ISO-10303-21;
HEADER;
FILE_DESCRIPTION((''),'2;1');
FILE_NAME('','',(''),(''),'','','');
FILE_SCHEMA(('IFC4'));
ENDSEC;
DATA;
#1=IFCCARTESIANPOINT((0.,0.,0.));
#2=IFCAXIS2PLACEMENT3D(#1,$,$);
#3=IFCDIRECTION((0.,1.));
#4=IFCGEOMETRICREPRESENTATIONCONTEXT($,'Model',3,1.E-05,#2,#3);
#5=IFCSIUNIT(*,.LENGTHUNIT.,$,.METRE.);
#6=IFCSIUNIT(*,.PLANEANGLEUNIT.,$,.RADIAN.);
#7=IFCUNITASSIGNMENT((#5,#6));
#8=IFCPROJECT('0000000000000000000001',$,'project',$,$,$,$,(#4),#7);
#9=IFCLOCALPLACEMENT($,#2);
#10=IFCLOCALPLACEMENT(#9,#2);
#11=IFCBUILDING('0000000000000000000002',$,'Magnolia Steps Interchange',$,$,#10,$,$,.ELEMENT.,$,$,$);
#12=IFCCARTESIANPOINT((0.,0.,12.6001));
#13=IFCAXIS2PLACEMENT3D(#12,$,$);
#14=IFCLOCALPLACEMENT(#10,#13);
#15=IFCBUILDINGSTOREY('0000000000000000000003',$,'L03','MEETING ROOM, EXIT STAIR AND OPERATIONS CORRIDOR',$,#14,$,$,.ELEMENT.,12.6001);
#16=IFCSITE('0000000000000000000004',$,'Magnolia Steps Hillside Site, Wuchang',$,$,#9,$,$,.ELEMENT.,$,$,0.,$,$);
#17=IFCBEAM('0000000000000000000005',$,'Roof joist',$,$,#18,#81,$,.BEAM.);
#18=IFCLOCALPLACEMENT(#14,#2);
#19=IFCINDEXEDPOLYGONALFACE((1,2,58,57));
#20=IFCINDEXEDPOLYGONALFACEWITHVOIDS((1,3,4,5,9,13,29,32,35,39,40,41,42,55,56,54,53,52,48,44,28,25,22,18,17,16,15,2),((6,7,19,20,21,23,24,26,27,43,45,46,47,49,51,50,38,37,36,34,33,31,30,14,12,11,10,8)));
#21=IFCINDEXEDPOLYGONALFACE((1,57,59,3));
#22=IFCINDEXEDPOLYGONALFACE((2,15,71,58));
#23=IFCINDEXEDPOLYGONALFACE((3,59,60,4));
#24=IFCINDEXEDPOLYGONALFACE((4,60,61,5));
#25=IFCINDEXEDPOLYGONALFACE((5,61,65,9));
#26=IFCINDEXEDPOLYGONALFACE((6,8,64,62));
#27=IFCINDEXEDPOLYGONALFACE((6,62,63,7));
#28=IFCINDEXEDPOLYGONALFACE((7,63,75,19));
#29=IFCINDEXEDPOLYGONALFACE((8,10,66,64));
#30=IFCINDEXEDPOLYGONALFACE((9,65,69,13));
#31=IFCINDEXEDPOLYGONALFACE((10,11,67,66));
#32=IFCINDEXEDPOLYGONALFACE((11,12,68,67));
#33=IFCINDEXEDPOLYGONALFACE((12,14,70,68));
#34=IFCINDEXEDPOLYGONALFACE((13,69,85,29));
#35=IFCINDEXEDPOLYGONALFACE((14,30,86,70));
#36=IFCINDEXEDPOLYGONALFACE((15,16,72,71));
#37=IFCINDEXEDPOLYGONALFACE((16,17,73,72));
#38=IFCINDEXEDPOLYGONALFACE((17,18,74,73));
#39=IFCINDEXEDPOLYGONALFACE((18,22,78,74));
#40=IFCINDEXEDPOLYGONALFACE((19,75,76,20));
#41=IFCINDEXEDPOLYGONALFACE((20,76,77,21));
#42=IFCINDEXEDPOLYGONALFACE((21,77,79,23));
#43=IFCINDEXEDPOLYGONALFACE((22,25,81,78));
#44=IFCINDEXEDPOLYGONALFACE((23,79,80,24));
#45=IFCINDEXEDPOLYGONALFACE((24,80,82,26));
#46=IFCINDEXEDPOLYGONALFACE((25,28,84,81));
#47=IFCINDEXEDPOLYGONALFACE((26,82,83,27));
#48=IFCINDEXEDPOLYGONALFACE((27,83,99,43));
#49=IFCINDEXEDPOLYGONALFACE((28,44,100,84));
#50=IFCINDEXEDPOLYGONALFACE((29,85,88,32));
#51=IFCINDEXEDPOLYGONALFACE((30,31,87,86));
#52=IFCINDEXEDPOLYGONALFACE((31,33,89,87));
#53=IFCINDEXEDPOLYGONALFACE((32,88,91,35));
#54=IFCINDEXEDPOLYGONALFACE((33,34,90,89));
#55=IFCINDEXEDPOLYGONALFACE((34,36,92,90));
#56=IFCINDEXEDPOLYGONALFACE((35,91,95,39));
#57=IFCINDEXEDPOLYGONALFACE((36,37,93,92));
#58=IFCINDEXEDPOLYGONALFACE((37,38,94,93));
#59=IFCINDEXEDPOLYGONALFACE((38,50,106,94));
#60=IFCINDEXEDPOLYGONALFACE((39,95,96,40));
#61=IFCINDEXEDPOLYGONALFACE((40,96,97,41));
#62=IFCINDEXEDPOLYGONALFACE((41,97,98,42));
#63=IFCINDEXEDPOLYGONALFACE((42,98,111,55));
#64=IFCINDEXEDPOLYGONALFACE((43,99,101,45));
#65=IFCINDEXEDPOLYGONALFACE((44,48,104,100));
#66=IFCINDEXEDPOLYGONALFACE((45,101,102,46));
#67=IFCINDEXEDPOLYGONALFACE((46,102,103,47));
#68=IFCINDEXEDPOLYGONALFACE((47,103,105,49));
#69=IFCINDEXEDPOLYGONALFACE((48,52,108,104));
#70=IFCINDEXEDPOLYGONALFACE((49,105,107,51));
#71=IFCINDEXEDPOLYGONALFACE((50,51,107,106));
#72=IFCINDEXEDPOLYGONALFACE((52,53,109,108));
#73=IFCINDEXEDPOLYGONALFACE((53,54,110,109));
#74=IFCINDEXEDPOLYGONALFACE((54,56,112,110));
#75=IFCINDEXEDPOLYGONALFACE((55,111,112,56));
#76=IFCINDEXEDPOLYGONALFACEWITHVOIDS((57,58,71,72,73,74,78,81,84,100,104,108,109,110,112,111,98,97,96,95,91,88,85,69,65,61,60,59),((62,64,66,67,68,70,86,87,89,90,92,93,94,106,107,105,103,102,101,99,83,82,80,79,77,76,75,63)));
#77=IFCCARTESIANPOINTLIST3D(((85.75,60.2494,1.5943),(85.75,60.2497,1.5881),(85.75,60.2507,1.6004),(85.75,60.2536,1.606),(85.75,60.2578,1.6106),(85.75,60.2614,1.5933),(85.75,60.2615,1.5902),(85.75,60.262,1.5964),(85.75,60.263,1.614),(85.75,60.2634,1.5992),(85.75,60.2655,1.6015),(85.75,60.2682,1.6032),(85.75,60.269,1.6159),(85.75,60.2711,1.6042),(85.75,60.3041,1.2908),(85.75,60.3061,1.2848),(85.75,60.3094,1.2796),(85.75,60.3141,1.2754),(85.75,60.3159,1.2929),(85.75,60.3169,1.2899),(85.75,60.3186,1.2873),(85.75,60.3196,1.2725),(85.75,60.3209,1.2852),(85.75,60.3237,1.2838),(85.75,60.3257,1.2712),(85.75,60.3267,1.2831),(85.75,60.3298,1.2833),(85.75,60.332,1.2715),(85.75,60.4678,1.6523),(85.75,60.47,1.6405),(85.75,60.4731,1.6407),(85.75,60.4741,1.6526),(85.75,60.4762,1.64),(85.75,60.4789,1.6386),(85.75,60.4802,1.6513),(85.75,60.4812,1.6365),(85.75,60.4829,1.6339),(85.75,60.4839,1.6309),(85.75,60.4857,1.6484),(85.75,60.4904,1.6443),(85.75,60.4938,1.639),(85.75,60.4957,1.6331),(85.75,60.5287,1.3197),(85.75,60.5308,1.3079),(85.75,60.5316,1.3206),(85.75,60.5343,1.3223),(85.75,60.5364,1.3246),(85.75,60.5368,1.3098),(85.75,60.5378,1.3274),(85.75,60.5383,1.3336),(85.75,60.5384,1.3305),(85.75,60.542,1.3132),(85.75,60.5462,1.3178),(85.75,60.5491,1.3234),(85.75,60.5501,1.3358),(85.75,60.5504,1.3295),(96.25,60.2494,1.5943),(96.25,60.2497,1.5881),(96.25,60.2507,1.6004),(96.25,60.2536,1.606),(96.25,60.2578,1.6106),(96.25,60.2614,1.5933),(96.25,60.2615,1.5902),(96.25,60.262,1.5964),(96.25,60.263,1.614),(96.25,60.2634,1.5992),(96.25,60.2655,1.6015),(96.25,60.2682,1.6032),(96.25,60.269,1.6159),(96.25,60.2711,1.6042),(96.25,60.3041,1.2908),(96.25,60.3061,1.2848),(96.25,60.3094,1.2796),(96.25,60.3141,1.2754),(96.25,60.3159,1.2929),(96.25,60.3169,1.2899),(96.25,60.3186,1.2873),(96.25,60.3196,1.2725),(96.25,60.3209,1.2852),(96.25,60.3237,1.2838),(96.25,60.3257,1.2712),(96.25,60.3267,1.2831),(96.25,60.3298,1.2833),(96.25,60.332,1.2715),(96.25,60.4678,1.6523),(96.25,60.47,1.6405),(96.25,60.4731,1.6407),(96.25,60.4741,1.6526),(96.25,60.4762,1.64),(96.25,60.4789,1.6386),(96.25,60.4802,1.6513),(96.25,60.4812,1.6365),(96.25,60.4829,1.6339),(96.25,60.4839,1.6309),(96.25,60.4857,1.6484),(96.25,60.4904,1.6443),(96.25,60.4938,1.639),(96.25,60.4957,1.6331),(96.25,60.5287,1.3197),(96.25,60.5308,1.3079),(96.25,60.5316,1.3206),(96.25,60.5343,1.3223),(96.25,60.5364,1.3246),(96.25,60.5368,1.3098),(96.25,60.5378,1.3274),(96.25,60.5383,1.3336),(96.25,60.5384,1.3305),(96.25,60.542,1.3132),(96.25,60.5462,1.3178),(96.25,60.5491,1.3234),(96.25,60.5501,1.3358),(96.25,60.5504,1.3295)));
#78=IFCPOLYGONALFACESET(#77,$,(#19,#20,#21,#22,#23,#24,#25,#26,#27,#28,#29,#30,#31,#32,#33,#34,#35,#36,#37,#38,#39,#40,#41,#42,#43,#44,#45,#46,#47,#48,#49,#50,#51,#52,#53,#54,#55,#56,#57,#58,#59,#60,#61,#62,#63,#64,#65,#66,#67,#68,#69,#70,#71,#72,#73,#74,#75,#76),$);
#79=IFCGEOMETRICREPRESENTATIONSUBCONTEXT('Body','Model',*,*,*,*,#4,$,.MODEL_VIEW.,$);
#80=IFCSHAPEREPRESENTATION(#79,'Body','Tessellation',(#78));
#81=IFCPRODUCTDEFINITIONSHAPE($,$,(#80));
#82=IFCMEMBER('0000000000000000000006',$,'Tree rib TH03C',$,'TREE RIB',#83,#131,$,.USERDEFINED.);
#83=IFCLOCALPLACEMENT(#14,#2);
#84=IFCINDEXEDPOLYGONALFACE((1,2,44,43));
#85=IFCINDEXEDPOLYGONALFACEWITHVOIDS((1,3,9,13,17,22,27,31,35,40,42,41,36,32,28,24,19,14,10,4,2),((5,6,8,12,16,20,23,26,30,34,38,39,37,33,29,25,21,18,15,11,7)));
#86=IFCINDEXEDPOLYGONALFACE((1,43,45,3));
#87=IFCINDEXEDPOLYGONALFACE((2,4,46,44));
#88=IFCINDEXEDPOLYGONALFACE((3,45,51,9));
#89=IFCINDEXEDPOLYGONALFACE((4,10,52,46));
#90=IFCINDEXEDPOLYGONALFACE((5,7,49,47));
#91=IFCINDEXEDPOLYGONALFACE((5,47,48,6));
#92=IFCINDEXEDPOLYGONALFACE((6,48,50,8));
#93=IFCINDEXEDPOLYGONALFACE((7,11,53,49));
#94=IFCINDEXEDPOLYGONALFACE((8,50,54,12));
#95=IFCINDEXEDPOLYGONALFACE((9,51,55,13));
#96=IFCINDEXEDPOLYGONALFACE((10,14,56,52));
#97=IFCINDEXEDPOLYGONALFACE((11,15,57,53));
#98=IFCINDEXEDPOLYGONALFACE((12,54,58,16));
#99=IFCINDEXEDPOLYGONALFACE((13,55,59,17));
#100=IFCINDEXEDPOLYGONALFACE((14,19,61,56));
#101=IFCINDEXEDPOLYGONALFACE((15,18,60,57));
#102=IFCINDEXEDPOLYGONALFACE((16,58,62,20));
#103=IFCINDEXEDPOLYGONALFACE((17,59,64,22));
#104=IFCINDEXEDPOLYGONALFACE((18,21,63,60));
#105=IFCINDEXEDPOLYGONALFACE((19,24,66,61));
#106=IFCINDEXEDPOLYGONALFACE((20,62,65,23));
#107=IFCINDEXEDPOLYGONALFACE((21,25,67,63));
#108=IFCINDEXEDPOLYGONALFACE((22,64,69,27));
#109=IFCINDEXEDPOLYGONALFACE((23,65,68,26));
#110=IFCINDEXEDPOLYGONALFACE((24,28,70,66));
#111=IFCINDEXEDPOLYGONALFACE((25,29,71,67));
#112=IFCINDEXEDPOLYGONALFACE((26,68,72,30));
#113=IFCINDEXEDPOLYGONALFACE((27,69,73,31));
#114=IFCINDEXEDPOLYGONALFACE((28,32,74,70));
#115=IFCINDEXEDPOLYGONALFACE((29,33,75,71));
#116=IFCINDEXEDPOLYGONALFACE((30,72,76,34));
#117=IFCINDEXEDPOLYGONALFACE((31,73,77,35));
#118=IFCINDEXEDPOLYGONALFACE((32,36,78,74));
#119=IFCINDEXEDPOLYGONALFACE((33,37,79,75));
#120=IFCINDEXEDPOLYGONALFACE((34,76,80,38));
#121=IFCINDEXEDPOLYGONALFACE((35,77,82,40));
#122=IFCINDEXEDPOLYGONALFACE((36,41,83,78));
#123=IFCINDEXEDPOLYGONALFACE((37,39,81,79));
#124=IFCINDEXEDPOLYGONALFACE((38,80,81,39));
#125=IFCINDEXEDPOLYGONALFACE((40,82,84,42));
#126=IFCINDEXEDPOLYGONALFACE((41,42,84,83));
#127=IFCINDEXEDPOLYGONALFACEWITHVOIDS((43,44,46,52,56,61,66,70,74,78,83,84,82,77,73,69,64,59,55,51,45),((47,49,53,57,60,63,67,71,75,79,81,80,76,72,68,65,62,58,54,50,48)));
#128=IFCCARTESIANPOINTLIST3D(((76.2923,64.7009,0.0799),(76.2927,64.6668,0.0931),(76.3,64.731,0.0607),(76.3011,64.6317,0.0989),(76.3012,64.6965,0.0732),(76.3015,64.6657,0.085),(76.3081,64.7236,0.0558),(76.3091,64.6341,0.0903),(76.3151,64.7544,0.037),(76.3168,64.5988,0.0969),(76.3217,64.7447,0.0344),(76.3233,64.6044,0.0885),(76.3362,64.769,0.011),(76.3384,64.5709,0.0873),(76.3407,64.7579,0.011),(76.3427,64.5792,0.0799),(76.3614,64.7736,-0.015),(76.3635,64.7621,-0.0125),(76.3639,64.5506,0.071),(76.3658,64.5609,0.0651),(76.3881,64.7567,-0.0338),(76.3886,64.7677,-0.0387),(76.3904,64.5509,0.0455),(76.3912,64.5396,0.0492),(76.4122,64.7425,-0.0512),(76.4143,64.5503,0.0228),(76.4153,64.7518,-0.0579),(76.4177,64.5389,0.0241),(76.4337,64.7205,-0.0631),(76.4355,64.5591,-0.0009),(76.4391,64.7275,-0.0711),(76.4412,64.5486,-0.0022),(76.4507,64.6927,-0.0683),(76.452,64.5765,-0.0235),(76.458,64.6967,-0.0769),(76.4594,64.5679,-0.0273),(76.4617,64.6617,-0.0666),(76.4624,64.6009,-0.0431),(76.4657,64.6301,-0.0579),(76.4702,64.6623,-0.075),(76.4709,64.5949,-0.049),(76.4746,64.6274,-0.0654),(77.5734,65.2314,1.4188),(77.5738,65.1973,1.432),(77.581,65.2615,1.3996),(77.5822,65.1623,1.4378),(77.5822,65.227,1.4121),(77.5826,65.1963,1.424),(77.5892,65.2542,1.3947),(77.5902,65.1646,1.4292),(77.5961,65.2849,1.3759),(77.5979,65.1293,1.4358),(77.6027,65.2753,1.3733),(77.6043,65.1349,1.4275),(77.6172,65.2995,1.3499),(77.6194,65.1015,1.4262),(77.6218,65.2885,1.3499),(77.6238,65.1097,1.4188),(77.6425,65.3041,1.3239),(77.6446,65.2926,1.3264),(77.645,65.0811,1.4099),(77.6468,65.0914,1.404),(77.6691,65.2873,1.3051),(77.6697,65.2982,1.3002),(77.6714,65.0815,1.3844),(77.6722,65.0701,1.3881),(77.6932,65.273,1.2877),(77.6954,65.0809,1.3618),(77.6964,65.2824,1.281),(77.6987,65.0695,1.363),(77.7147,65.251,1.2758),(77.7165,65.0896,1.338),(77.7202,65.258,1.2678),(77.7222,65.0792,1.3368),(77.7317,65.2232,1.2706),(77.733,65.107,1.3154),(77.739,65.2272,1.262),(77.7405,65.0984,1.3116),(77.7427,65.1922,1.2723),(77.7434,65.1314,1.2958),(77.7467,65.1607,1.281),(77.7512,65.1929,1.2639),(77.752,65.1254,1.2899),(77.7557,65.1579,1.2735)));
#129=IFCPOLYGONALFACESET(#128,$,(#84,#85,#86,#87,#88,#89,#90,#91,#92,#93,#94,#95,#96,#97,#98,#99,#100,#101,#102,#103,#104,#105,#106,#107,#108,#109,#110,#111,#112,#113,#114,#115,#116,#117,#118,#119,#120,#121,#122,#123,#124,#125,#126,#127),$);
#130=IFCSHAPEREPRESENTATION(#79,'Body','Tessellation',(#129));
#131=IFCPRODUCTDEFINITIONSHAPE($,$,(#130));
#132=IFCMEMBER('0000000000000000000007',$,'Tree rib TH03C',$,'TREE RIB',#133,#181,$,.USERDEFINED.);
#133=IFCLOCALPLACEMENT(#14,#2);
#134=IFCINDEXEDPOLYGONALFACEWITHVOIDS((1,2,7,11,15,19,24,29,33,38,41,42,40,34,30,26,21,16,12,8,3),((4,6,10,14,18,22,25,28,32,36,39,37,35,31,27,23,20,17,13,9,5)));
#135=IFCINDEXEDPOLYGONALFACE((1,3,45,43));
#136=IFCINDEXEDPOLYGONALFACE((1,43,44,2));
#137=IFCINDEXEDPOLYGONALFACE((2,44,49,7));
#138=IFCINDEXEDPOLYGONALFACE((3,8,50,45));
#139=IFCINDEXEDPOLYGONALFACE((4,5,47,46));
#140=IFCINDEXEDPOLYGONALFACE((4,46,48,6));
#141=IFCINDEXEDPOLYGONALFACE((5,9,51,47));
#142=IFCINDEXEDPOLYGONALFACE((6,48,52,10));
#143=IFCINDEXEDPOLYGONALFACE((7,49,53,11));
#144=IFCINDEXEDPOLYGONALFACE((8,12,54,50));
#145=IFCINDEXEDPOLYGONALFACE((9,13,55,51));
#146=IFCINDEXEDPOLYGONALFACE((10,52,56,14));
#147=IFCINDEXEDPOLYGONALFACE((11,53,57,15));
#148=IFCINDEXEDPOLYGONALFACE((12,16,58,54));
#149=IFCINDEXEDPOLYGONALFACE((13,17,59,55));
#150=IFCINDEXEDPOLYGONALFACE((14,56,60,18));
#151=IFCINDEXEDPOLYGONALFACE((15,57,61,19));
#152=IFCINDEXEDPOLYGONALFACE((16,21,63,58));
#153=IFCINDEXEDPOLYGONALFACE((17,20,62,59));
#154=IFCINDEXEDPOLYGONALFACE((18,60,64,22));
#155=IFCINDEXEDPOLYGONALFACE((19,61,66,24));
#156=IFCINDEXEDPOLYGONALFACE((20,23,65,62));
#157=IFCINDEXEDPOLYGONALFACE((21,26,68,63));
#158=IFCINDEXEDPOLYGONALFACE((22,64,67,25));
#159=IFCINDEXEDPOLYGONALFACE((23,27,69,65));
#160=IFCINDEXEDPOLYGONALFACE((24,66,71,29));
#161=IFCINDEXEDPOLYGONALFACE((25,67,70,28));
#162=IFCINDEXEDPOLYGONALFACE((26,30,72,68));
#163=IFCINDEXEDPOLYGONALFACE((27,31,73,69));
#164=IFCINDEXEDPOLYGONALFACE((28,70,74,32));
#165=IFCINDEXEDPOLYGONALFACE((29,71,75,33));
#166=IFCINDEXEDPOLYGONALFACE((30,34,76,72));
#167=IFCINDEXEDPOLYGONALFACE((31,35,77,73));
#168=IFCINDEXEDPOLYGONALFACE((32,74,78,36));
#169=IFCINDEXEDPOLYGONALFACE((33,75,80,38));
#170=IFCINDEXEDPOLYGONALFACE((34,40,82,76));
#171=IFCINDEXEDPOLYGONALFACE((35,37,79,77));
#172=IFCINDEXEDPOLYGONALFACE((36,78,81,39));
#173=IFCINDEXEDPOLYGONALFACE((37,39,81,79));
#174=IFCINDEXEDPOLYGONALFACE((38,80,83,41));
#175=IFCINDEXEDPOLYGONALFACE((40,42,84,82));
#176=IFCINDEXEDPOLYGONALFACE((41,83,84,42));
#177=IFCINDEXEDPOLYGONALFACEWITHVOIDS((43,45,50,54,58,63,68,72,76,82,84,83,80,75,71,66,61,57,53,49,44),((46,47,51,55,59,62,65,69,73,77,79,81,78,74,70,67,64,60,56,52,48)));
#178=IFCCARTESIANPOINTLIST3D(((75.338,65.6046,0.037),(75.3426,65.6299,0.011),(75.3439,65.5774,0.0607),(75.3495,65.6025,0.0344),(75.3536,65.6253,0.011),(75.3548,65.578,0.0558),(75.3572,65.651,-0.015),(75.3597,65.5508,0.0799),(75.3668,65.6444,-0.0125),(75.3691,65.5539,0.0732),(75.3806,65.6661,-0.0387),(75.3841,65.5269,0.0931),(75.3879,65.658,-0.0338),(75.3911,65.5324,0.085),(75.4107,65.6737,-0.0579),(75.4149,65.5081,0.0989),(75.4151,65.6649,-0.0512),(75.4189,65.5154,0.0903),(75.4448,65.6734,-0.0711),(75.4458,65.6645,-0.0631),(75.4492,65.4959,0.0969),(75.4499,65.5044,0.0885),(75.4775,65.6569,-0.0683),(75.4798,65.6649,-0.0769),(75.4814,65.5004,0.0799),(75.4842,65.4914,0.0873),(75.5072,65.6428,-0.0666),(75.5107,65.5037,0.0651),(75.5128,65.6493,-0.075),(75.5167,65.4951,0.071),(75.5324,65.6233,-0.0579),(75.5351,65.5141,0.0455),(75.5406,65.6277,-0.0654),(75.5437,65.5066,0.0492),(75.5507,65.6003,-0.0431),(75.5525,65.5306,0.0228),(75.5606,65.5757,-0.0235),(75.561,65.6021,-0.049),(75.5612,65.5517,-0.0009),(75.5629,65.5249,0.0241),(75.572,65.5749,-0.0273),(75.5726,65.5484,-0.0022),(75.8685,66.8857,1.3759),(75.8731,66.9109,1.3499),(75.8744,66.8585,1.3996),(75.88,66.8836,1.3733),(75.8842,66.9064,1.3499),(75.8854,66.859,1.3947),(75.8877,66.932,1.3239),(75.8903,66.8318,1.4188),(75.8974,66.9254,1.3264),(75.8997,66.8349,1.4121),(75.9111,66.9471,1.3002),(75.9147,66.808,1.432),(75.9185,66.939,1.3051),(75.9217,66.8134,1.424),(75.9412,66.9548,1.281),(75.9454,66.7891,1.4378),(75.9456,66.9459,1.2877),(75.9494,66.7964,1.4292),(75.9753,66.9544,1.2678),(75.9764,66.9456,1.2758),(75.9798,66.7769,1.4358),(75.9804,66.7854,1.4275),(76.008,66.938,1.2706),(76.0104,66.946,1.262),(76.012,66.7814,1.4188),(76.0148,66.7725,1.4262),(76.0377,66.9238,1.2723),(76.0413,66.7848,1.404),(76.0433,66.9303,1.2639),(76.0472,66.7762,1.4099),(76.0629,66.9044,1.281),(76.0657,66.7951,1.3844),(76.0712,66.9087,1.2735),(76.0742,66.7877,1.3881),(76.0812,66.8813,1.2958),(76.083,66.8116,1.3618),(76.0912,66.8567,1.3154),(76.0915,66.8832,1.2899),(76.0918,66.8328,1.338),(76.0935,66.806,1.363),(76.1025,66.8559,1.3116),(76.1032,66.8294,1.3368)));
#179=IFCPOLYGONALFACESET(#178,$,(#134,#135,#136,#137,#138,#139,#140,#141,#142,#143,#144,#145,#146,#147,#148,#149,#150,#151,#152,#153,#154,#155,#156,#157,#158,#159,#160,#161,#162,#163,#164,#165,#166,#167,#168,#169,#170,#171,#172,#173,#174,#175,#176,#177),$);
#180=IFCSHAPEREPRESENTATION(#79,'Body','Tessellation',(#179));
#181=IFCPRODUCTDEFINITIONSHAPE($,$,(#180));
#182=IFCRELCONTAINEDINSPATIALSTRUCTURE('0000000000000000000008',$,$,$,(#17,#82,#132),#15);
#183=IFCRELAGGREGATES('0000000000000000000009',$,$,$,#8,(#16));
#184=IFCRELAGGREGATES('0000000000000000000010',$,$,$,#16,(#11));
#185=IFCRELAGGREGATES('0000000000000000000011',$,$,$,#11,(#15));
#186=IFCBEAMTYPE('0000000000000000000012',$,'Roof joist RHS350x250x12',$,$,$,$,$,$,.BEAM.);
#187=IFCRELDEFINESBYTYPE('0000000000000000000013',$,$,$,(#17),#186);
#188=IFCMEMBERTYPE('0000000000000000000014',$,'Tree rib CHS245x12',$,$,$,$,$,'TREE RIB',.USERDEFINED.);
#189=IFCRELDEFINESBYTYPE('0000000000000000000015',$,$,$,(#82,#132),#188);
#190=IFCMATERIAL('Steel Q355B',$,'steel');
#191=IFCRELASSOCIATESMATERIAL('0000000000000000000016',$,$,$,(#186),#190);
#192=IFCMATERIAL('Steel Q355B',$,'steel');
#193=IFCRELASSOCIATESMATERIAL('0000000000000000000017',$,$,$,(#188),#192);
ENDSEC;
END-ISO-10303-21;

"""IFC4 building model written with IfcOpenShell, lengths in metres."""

from ifc_helpers import new_model, si_unit, direction, frame, origin, origin_2d, place, context, subcontext, project, spatial, hollow_rectangle, hollow_circle, extrude, material, material_profile, profile_set, type_object, element, save


model = new_model("IFC4")

# Units and contexts
model_context = context("Model", 3, precision=1e-05, world=origin(), true_north=direction((0.0, 1.0)))
body_context = subcontext(model_context, "Body", "Model", "MODEL_VIEW")
ifc_project = project(units=[si_unit("LENGTHUNIT", "METRE"), si_unit("PLANEANGLEUNIT", "RADIAN")], contexts=[model_context])

# Site, building, storey
site_placement = place(None, origin())
site = spatial("IfcSite", under=ifc_project, at=site_placement, Name="Magnolia Steps Hillside Site, Wuchang", CompositionType="ELEMENT", RefElevation=0.0)
building_placement = place(site_placement, origin())
building = spatial("IfcBuilding", under=site, at=building_placement, Name="Magnolia Steps Interchange", CompositionType="ELEMENT")
storey_placement = place(building_placement, frame((0.0, 0.0, 12.6001)))
storey = spatial("IfcBuildingStorey", under=building, at=storey_placement, Name="L03", Description="MEETING ROOM, EXIT STAIR AND OPERATIONS CORRIDOR", CompositionType="ELEMENT", Elevation=12.6001)

# Beam
ifc_material_1 = material(Name="Steel Q355B", Category="steel")
ifc_material_profile_1 = material_profile(ifc_material_1, hollow_rectangle(XDim=0.25, YDim=0.3501, WallThickness=0.012, InnerFilletRadius=0.012, OuterFilletRadius=0.0239, at=origin_2d()), Name="RHS350x250x12")
ifc_profile_set_1 = profile_set([ifc_material_profile_1], Name="Steel Q355B")
beam_type_1 = type_object("IfcBeamType", Name="Roof joist RHS350x250x12", PredefinedType="BEAM", material=ifc_profile_set_1)
for number, where, z_axis, x_axis, name in (
    (1, (85.75, 60.3999, 1.4619), (1.0, 0.0, 0.0), (0.0, 0.983677, 0.179941), "Roof joist"),
):
    element("IfcBeam", number, at=place(storey_placement, frame(where, z_axis=z_axis, x_axis=x_axis)), inside=storey, type_object=beam_type_1, Name=name, PredefinedType="BEAM", context=body_context, shape_type="SweptSolid", body=[
        extrude(hollow_rectangle(XDim=0.25, YDim=0.3501, WallThickness=0.012, InnerFilletRadius=0.012, OuterFilletRadius=0.0239, at=origin_2d()), origin(), (0.0, 0.0, 1.0), 10.5),
    ])

# Members
ifc_material_2 = material(Name="Steel Q355B", Category="steel")
ifc_material_profile_2 = material_profile(ifc_material_2, hollow_circle(Radius=0.1226, WallThickness=0.012, at=origin_2d()), Name="CHS245x12")
ifc_profile_set_2 = profile_set([ifc_material_profile_2], Name="Steel Q355B")
member_type = type_object("IfcMemberType", Name="Tree rib CHS245x12", ElementType="TREE RIB", PredefinedType="USERDEFINED", material=ifc_profile_set_2)
for number, where, z_axis, x_axis, name in (
    (2, (76.3831, 64.6558, 0.011), (0.664618, 0.275246, 0.694638), (-0.382627, 0.923903, 0.0), "Tree rib TH03C"),
    (3, (75.4558, 65.583, 0.011), (0.275246, 0.664618, 0.694638), (-0.923903, 0.382627, 0.0), "Tree rib TH03C"),
):
    element("IfcMember", number, at=place(storey_placement, frame(where, z_axis=z_axis, x_axis=x_axis)), inside=storey, type_object=member_type, Name=name, ObjectType="TREE RIB", PredefinedType="USERDEFINED", context=body_context, shape_type="SweptSolid", body=[
        extrude(hollow_circle(Radius=0.1226, WallThickness=0.012, at=origin_2d()), origin(), (0.0, 0.0, 1.0), 1.9275),
    ])

save(model, "model.ifc")
